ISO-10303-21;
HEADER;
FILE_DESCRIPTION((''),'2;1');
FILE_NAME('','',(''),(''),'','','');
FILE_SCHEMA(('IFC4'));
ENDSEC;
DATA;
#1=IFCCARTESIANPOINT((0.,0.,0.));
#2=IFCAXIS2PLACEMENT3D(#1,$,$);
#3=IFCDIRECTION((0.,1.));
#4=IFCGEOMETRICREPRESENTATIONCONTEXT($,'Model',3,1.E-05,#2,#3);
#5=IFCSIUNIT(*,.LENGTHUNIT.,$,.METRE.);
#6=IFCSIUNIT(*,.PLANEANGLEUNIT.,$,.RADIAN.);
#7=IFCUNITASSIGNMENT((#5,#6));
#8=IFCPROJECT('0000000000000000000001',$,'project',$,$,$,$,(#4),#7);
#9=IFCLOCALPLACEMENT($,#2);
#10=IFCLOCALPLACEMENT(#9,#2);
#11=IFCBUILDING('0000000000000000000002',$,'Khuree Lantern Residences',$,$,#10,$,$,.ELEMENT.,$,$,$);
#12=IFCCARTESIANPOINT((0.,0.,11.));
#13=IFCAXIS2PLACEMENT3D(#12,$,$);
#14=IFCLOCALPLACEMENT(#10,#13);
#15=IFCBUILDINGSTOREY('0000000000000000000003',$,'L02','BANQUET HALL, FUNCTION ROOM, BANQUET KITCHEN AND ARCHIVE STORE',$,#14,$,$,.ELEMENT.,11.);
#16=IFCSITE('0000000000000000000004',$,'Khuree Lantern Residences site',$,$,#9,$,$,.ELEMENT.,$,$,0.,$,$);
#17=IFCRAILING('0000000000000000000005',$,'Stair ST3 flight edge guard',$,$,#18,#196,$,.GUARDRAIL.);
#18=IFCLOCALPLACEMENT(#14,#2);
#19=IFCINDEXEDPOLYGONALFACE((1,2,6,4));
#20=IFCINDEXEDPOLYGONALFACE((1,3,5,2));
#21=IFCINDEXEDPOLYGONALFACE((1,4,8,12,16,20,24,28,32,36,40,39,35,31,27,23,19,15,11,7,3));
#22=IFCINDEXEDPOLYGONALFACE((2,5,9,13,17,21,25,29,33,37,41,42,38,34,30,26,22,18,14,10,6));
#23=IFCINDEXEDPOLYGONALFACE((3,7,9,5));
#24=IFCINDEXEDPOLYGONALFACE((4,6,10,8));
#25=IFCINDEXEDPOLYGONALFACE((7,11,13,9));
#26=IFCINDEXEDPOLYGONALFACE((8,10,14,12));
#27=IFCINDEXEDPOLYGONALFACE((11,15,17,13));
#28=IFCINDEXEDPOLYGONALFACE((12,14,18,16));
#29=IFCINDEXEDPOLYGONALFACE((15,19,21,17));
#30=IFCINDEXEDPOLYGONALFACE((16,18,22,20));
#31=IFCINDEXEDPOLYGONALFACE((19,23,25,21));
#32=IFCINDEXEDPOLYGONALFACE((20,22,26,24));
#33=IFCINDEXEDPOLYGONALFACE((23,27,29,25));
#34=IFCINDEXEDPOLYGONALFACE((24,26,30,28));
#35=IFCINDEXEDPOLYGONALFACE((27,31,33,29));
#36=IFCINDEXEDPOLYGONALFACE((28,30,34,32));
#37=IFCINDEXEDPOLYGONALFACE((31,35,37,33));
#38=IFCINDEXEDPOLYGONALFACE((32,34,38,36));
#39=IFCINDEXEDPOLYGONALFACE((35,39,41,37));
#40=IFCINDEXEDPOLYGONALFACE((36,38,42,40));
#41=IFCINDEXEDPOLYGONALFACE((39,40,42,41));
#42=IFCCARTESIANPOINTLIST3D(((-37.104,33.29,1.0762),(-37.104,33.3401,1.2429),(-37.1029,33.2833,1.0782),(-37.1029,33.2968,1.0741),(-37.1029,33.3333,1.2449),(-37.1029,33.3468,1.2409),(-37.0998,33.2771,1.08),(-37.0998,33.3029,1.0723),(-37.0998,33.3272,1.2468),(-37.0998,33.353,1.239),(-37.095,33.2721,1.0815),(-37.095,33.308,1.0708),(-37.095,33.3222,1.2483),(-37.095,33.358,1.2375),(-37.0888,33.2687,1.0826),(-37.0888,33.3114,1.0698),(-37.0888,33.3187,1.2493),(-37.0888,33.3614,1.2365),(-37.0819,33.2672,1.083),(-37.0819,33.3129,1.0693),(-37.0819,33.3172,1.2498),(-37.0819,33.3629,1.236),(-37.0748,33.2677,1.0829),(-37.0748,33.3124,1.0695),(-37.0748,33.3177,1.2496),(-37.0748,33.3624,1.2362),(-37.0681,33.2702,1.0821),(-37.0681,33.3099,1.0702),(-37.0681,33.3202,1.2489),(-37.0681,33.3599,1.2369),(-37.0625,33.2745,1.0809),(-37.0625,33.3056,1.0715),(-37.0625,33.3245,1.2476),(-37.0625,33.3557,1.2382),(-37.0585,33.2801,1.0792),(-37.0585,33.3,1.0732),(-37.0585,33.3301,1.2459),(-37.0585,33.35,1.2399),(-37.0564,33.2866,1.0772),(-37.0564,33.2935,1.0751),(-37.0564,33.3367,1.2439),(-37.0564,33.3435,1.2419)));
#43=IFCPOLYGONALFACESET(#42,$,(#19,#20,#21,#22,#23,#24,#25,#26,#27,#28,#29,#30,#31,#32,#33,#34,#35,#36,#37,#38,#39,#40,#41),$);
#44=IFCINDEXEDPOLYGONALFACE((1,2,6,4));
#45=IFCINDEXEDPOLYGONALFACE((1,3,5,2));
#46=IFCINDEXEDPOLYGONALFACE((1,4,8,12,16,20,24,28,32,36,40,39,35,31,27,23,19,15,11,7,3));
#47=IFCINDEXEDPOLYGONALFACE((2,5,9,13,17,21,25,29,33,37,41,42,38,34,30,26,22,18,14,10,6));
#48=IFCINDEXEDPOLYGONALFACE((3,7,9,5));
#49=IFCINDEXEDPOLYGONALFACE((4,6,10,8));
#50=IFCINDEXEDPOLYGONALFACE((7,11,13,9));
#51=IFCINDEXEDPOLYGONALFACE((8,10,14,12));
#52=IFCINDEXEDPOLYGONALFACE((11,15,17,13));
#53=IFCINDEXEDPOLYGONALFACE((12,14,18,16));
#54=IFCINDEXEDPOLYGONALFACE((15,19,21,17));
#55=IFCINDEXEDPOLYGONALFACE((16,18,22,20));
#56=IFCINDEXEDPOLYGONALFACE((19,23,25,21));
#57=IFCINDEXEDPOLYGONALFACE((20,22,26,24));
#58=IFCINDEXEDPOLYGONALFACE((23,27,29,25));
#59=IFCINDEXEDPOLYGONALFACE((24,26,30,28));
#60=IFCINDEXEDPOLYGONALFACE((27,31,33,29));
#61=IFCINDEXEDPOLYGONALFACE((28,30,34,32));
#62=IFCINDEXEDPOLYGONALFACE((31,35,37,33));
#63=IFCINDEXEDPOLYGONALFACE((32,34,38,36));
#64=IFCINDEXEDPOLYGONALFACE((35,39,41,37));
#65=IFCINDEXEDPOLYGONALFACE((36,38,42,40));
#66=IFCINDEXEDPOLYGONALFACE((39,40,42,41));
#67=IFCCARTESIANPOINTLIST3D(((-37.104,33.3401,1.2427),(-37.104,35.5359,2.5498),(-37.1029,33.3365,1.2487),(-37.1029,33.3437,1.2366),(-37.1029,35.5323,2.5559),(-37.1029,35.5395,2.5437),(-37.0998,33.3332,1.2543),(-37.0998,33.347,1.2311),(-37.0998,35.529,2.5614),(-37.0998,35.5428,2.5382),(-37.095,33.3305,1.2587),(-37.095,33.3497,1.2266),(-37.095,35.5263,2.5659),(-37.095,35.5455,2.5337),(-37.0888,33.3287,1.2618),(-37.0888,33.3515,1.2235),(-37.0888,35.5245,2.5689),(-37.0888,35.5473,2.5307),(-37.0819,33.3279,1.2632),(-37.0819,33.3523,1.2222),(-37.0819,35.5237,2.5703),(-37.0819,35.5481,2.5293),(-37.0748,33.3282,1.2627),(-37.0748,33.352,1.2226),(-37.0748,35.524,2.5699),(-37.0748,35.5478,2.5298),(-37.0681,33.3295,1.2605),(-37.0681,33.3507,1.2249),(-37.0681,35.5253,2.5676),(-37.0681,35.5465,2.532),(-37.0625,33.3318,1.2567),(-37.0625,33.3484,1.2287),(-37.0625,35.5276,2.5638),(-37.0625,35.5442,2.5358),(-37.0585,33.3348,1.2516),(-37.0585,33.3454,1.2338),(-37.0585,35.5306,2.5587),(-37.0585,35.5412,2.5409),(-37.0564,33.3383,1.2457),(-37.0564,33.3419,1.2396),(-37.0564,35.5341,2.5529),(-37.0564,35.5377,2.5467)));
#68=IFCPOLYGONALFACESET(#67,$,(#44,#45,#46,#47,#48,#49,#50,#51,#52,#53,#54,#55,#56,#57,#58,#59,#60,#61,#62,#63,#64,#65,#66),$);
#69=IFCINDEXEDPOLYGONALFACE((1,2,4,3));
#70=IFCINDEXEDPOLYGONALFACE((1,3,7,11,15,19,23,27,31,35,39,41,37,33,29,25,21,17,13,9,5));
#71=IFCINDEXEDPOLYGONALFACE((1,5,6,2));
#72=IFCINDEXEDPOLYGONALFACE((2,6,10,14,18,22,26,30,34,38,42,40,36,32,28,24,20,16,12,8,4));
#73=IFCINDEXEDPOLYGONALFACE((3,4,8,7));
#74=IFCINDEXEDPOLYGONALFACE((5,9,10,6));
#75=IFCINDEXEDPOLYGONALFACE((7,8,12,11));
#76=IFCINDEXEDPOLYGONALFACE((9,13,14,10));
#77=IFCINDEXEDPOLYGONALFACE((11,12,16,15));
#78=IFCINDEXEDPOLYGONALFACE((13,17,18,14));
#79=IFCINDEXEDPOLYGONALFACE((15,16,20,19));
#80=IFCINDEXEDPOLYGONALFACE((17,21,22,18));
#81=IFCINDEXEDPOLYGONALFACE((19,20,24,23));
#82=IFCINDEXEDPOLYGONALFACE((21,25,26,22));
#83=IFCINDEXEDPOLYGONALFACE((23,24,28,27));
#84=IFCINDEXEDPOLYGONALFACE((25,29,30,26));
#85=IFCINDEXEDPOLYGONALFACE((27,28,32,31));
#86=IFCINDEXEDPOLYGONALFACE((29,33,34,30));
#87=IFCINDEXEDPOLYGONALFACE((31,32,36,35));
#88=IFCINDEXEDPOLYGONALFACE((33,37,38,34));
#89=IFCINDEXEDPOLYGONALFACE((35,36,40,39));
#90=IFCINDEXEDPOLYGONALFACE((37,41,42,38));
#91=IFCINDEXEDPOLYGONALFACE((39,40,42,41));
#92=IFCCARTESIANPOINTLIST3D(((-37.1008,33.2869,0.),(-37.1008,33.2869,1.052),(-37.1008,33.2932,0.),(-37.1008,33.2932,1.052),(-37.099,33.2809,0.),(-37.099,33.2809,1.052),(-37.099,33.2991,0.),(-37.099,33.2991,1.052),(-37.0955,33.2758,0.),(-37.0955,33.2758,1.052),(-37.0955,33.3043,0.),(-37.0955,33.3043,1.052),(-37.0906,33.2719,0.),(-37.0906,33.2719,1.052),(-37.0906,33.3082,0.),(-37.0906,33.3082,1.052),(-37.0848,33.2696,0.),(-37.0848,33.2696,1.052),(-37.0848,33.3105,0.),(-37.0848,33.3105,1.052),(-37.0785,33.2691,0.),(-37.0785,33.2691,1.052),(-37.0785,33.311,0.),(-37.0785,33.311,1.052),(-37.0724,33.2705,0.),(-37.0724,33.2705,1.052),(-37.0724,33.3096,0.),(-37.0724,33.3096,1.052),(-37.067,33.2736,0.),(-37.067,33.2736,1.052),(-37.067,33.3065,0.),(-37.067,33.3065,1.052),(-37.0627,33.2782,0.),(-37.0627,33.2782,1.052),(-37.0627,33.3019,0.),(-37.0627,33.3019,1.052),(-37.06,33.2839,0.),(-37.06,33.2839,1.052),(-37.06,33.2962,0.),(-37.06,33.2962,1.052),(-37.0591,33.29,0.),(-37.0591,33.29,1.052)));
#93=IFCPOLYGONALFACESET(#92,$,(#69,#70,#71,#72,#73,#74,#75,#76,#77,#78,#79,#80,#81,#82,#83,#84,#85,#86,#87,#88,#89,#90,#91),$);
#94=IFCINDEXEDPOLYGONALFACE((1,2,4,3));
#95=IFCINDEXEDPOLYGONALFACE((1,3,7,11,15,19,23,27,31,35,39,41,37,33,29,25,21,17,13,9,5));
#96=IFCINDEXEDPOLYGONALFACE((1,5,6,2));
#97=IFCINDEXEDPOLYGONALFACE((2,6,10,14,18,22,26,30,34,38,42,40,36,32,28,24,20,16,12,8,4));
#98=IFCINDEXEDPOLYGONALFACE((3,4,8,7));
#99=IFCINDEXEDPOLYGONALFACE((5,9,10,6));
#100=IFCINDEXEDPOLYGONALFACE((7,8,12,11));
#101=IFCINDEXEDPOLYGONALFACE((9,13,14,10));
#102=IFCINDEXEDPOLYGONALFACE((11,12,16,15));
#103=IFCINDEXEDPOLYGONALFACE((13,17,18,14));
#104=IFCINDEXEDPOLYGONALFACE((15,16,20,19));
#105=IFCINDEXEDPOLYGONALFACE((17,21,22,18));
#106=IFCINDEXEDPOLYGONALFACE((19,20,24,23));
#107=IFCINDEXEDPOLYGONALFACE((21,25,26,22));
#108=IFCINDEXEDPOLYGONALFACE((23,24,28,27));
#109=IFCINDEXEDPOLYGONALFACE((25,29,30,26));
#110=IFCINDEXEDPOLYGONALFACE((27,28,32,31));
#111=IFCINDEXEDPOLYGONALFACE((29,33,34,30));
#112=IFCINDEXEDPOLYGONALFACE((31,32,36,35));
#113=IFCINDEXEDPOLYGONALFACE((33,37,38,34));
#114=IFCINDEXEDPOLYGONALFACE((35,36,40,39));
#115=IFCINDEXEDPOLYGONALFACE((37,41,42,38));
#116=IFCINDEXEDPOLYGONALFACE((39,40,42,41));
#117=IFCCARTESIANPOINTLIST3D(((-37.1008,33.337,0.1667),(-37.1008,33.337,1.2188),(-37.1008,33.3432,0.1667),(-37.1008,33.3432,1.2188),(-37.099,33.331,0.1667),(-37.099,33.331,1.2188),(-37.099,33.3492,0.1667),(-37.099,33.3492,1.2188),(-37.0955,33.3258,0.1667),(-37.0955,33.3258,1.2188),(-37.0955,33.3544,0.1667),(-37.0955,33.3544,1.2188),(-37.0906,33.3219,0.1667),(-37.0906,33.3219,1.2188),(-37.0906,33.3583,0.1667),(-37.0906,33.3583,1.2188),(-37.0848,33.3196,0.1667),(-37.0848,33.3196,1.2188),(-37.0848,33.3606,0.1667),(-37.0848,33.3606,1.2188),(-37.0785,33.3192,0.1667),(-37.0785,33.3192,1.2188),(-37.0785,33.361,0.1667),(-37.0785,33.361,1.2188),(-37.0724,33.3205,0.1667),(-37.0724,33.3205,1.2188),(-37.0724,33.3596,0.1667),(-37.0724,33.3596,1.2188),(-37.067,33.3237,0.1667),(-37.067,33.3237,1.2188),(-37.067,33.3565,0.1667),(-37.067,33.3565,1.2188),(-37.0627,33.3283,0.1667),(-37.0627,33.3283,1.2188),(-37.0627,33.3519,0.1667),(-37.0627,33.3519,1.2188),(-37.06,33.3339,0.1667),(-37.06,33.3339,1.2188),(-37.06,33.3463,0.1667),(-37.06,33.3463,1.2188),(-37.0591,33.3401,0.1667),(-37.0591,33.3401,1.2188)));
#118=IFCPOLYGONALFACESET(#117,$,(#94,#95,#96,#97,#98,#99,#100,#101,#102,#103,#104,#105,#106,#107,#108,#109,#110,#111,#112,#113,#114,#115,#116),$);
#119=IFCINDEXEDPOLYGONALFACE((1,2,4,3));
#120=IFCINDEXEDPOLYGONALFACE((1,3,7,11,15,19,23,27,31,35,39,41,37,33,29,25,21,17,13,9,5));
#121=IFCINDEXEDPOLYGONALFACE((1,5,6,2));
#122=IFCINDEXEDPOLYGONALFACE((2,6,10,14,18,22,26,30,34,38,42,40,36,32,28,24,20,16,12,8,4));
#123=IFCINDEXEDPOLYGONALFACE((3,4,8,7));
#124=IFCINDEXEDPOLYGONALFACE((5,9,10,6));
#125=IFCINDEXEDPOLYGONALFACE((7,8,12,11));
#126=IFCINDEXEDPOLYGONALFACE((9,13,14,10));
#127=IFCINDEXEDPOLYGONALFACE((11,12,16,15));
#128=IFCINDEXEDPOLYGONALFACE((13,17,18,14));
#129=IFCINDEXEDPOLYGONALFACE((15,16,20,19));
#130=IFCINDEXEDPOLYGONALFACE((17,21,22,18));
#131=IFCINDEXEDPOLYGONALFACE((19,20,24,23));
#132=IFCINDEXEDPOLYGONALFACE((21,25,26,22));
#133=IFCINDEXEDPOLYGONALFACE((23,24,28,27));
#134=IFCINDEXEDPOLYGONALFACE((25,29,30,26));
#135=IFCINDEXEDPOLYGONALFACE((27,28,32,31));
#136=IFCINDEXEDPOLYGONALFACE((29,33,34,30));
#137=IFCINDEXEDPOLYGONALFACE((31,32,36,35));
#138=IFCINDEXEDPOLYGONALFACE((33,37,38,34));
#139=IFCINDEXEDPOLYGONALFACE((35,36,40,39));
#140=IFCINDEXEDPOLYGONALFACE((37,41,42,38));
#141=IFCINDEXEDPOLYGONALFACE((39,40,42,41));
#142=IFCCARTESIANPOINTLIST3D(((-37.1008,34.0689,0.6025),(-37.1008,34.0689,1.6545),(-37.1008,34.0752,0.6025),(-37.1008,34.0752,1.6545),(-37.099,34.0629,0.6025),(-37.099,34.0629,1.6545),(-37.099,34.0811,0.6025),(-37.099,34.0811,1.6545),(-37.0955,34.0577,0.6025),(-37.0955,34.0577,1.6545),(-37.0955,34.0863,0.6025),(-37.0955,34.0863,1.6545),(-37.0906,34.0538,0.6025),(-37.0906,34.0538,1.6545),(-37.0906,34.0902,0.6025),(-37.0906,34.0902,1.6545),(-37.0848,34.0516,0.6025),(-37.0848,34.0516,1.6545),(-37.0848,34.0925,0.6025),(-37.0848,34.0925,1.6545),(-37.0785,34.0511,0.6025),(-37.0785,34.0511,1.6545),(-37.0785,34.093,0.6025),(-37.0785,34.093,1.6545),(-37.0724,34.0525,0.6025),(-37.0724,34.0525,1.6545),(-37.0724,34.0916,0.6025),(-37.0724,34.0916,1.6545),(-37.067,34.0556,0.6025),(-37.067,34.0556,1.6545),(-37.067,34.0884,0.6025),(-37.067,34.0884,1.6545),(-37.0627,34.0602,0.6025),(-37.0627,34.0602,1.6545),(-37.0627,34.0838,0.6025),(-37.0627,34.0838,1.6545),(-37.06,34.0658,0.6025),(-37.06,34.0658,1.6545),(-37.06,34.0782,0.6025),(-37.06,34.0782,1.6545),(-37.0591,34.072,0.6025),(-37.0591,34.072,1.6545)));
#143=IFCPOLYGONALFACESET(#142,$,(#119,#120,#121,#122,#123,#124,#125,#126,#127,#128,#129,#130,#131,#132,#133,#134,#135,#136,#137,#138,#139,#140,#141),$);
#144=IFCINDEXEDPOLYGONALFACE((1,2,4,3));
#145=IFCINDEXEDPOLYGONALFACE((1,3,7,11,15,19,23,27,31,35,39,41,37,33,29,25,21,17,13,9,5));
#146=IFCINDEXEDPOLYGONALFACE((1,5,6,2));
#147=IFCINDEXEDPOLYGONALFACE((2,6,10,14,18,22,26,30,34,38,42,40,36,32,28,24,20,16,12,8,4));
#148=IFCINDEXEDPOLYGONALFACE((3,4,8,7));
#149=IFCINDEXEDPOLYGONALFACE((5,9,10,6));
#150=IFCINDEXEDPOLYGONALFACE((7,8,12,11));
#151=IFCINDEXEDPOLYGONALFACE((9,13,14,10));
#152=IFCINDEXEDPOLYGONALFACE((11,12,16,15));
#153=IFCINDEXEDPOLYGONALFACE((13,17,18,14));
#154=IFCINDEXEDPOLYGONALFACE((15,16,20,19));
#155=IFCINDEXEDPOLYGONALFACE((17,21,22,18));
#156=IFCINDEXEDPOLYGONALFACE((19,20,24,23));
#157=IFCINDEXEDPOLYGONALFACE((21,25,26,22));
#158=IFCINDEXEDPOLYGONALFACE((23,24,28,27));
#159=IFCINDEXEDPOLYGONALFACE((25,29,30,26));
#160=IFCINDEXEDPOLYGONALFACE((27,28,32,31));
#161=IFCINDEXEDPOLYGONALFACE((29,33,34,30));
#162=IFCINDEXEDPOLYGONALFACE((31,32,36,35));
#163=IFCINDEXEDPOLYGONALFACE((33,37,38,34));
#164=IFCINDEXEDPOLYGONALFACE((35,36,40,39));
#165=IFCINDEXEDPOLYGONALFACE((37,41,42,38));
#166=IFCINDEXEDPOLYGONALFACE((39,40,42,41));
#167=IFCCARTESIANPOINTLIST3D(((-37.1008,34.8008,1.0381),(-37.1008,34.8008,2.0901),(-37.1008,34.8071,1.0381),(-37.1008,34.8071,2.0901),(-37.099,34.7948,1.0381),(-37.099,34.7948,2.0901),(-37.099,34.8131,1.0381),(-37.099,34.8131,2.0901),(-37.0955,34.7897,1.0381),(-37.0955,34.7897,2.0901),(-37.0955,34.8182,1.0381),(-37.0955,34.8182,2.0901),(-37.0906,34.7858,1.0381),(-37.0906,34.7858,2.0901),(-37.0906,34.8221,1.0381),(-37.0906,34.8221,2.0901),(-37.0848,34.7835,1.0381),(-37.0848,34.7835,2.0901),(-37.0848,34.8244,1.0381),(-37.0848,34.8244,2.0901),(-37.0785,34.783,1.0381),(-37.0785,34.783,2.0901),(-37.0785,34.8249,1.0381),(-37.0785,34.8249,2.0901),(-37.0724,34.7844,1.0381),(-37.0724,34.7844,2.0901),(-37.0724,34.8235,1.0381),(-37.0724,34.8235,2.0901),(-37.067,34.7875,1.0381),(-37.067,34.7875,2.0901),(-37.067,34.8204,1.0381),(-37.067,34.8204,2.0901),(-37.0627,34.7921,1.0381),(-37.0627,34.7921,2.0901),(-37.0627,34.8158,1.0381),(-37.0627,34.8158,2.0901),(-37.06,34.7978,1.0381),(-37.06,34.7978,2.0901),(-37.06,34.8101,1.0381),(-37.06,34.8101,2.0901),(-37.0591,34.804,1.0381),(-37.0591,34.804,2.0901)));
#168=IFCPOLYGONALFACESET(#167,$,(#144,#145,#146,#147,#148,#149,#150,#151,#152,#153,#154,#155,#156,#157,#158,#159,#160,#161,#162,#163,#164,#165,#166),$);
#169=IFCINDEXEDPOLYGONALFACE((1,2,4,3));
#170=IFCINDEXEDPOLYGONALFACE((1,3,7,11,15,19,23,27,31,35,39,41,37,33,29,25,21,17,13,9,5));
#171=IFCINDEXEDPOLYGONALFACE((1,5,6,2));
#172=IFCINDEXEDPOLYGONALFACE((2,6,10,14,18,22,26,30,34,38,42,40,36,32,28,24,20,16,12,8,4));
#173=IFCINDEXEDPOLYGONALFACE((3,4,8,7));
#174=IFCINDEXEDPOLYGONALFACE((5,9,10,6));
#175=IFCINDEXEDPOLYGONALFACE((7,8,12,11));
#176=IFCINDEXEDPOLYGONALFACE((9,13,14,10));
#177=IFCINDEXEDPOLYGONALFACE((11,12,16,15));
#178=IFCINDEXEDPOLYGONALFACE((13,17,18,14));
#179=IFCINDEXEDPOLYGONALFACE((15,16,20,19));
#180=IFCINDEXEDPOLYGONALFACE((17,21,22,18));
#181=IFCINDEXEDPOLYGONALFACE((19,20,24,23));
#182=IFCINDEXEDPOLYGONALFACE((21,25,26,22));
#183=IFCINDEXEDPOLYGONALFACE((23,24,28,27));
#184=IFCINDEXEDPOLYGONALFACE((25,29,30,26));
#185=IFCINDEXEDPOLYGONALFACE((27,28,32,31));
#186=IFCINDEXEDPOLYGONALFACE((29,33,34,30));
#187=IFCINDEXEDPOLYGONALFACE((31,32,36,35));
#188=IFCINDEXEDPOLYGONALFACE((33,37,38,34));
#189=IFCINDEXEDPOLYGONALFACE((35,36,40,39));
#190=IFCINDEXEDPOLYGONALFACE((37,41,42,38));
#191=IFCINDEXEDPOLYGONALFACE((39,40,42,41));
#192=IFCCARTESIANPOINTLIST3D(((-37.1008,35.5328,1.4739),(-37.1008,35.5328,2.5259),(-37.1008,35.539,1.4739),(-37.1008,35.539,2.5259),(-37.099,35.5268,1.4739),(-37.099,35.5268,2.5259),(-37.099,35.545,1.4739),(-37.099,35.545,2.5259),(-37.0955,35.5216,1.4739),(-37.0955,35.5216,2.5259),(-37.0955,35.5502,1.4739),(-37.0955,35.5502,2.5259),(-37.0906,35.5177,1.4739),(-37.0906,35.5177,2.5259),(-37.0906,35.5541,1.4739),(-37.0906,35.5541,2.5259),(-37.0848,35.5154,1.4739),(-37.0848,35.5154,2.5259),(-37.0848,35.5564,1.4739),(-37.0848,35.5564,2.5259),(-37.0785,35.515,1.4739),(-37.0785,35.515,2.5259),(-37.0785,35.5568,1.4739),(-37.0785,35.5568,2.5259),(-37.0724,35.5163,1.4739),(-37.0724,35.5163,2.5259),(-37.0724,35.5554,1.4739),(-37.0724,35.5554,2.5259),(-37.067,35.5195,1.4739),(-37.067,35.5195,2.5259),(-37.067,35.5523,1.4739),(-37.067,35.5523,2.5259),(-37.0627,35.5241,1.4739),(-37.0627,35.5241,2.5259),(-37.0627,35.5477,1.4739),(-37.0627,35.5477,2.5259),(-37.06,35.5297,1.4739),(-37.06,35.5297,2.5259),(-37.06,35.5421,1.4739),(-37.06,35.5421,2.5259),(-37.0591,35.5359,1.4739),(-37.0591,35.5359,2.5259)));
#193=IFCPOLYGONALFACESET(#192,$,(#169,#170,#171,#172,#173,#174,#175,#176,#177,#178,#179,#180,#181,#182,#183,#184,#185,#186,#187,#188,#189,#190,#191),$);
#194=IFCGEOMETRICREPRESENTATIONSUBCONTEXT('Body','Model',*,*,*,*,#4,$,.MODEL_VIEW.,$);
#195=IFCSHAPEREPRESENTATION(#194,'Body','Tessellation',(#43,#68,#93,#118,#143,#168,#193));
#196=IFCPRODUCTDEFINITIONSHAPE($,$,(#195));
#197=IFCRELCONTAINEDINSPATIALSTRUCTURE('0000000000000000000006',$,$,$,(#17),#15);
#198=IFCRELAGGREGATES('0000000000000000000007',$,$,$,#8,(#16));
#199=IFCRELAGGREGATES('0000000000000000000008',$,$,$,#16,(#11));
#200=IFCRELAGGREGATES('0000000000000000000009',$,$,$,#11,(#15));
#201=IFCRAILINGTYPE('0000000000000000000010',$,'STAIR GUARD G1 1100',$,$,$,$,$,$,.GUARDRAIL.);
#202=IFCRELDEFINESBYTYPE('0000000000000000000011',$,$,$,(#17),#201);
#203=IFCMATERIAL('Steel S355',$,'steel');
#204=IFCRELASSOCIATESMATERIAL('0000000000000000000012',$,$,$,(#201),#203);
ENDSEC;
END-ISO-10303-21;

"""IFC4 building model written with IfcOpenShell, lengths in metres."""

from ifc_helpers import new_model, si_unit, direction, frame, origin, origin_2d, place, context, subcontext, project, spatial, circle, extrude, material, type_object, element, save


model = new_model("IFC4")

# Units and contexts
model_context = context("Model", 3, precision=1e-05, world=origin(), true_north=direction((0.0, 1.0)))
body_context = subcontext(model_context, "Body", "Model", "MODEL_VIEW")
ifc_project = project(units=[si_unit("LENGTHUNIT", "METRE"), si_unit("PLANEANGLEUNIT", "RADIAN")], contexts=[model_context])

# Site, building, storey
site_placement = place(None, origin())
site = spatial("IfcSite", under=ifc_project, at=site_placement, Name="Khuree Lantern Residences site", CompositionType="ELEMENT", RefElevation=0.0)
building_placement = place(site_placement, origin())
building = spatial("IfcBuilding", under=site, at=building_placement, Name="Khuree Lantern Residences", CompositionType="ELEMENT")
storey_placement = place(building_placement, frame((0.0, 0.0, 11.0)))
storey = spatial("IfcBuildingStorey", under=building, at=storey_placement, Name="L02", Description="BANQUET HALL, FUNCTION ROOM, BANQUET KITCHEN AND ARCHIVE STORE", CompositionType="ELEMENT", Elevation=11.0)

# Railing
ifc_material_1 = material(Name="Steel S355", Category="steel")
railing_type_1 = type_object("IfcRailingType", Name="STAIR GUARD G1 1100", PredefinedType="GUARDRAIL", material=ifc_material_1)
railing_1_placement = place(storey_placement, frame((-37.0801, 33.29, 0.0)))
element("IfcRailing", 1, at=railing_1_placement, inside=storey, type_object=railing_type_1, Name="Stair ST3 flight edge guard", PredefinedType="GUARDRAIL", context=body_context, shape_type="SweptSolid", body=[
    extrude(circle(Radius=0.0239, at=origin_2d()), frame((0.0, 0.0, 1.0762), z_axis=(0.0, 0.287477, 0.957788), x_axis=(-1.0, 0.0, 0.0)), (0.0, 0.0, 1.0), 0.1741),
    extrude(circle(Radius=0.0239, at=origin_2d()), frame((0.0, 0.05, 1.2427), z_axis=(0.0, 0.859275, 0.511514), x_axis=(-1.0, 0.0, 0.0)), (0.0, 0.0, 1.0), 2.5554),
    extrude(circle(Radius=0.021, at=origin_2d()), origin(), (0.0, 0.0, 1.0), 1.052),
    extrude(circle(Radius=0.021, at=origin_2d()), frame((0.0, 0.05, 0.1667)), (0.0, 0.0, 1.0), 1.052),
    extrude(circle(Radius=0.021, at=origin_2d()), frame((0.0, 0.782, 0.6025)), (0.0, 0.0, 1.0), 1.052),
    extrude(circle(Radius=0.021, at=origin_2d()), frame((0.0, 1.5139, 1.0381)), (0.0, 0.0, 1.0), 1.052),
    extrude(circle(Radius=0.021, at=origin_2d()), frame((0.0, 2.2458, 1.4739)), (0.0, 0.0, 1.0), 1.052),
])

save(model, "model.ifc")
